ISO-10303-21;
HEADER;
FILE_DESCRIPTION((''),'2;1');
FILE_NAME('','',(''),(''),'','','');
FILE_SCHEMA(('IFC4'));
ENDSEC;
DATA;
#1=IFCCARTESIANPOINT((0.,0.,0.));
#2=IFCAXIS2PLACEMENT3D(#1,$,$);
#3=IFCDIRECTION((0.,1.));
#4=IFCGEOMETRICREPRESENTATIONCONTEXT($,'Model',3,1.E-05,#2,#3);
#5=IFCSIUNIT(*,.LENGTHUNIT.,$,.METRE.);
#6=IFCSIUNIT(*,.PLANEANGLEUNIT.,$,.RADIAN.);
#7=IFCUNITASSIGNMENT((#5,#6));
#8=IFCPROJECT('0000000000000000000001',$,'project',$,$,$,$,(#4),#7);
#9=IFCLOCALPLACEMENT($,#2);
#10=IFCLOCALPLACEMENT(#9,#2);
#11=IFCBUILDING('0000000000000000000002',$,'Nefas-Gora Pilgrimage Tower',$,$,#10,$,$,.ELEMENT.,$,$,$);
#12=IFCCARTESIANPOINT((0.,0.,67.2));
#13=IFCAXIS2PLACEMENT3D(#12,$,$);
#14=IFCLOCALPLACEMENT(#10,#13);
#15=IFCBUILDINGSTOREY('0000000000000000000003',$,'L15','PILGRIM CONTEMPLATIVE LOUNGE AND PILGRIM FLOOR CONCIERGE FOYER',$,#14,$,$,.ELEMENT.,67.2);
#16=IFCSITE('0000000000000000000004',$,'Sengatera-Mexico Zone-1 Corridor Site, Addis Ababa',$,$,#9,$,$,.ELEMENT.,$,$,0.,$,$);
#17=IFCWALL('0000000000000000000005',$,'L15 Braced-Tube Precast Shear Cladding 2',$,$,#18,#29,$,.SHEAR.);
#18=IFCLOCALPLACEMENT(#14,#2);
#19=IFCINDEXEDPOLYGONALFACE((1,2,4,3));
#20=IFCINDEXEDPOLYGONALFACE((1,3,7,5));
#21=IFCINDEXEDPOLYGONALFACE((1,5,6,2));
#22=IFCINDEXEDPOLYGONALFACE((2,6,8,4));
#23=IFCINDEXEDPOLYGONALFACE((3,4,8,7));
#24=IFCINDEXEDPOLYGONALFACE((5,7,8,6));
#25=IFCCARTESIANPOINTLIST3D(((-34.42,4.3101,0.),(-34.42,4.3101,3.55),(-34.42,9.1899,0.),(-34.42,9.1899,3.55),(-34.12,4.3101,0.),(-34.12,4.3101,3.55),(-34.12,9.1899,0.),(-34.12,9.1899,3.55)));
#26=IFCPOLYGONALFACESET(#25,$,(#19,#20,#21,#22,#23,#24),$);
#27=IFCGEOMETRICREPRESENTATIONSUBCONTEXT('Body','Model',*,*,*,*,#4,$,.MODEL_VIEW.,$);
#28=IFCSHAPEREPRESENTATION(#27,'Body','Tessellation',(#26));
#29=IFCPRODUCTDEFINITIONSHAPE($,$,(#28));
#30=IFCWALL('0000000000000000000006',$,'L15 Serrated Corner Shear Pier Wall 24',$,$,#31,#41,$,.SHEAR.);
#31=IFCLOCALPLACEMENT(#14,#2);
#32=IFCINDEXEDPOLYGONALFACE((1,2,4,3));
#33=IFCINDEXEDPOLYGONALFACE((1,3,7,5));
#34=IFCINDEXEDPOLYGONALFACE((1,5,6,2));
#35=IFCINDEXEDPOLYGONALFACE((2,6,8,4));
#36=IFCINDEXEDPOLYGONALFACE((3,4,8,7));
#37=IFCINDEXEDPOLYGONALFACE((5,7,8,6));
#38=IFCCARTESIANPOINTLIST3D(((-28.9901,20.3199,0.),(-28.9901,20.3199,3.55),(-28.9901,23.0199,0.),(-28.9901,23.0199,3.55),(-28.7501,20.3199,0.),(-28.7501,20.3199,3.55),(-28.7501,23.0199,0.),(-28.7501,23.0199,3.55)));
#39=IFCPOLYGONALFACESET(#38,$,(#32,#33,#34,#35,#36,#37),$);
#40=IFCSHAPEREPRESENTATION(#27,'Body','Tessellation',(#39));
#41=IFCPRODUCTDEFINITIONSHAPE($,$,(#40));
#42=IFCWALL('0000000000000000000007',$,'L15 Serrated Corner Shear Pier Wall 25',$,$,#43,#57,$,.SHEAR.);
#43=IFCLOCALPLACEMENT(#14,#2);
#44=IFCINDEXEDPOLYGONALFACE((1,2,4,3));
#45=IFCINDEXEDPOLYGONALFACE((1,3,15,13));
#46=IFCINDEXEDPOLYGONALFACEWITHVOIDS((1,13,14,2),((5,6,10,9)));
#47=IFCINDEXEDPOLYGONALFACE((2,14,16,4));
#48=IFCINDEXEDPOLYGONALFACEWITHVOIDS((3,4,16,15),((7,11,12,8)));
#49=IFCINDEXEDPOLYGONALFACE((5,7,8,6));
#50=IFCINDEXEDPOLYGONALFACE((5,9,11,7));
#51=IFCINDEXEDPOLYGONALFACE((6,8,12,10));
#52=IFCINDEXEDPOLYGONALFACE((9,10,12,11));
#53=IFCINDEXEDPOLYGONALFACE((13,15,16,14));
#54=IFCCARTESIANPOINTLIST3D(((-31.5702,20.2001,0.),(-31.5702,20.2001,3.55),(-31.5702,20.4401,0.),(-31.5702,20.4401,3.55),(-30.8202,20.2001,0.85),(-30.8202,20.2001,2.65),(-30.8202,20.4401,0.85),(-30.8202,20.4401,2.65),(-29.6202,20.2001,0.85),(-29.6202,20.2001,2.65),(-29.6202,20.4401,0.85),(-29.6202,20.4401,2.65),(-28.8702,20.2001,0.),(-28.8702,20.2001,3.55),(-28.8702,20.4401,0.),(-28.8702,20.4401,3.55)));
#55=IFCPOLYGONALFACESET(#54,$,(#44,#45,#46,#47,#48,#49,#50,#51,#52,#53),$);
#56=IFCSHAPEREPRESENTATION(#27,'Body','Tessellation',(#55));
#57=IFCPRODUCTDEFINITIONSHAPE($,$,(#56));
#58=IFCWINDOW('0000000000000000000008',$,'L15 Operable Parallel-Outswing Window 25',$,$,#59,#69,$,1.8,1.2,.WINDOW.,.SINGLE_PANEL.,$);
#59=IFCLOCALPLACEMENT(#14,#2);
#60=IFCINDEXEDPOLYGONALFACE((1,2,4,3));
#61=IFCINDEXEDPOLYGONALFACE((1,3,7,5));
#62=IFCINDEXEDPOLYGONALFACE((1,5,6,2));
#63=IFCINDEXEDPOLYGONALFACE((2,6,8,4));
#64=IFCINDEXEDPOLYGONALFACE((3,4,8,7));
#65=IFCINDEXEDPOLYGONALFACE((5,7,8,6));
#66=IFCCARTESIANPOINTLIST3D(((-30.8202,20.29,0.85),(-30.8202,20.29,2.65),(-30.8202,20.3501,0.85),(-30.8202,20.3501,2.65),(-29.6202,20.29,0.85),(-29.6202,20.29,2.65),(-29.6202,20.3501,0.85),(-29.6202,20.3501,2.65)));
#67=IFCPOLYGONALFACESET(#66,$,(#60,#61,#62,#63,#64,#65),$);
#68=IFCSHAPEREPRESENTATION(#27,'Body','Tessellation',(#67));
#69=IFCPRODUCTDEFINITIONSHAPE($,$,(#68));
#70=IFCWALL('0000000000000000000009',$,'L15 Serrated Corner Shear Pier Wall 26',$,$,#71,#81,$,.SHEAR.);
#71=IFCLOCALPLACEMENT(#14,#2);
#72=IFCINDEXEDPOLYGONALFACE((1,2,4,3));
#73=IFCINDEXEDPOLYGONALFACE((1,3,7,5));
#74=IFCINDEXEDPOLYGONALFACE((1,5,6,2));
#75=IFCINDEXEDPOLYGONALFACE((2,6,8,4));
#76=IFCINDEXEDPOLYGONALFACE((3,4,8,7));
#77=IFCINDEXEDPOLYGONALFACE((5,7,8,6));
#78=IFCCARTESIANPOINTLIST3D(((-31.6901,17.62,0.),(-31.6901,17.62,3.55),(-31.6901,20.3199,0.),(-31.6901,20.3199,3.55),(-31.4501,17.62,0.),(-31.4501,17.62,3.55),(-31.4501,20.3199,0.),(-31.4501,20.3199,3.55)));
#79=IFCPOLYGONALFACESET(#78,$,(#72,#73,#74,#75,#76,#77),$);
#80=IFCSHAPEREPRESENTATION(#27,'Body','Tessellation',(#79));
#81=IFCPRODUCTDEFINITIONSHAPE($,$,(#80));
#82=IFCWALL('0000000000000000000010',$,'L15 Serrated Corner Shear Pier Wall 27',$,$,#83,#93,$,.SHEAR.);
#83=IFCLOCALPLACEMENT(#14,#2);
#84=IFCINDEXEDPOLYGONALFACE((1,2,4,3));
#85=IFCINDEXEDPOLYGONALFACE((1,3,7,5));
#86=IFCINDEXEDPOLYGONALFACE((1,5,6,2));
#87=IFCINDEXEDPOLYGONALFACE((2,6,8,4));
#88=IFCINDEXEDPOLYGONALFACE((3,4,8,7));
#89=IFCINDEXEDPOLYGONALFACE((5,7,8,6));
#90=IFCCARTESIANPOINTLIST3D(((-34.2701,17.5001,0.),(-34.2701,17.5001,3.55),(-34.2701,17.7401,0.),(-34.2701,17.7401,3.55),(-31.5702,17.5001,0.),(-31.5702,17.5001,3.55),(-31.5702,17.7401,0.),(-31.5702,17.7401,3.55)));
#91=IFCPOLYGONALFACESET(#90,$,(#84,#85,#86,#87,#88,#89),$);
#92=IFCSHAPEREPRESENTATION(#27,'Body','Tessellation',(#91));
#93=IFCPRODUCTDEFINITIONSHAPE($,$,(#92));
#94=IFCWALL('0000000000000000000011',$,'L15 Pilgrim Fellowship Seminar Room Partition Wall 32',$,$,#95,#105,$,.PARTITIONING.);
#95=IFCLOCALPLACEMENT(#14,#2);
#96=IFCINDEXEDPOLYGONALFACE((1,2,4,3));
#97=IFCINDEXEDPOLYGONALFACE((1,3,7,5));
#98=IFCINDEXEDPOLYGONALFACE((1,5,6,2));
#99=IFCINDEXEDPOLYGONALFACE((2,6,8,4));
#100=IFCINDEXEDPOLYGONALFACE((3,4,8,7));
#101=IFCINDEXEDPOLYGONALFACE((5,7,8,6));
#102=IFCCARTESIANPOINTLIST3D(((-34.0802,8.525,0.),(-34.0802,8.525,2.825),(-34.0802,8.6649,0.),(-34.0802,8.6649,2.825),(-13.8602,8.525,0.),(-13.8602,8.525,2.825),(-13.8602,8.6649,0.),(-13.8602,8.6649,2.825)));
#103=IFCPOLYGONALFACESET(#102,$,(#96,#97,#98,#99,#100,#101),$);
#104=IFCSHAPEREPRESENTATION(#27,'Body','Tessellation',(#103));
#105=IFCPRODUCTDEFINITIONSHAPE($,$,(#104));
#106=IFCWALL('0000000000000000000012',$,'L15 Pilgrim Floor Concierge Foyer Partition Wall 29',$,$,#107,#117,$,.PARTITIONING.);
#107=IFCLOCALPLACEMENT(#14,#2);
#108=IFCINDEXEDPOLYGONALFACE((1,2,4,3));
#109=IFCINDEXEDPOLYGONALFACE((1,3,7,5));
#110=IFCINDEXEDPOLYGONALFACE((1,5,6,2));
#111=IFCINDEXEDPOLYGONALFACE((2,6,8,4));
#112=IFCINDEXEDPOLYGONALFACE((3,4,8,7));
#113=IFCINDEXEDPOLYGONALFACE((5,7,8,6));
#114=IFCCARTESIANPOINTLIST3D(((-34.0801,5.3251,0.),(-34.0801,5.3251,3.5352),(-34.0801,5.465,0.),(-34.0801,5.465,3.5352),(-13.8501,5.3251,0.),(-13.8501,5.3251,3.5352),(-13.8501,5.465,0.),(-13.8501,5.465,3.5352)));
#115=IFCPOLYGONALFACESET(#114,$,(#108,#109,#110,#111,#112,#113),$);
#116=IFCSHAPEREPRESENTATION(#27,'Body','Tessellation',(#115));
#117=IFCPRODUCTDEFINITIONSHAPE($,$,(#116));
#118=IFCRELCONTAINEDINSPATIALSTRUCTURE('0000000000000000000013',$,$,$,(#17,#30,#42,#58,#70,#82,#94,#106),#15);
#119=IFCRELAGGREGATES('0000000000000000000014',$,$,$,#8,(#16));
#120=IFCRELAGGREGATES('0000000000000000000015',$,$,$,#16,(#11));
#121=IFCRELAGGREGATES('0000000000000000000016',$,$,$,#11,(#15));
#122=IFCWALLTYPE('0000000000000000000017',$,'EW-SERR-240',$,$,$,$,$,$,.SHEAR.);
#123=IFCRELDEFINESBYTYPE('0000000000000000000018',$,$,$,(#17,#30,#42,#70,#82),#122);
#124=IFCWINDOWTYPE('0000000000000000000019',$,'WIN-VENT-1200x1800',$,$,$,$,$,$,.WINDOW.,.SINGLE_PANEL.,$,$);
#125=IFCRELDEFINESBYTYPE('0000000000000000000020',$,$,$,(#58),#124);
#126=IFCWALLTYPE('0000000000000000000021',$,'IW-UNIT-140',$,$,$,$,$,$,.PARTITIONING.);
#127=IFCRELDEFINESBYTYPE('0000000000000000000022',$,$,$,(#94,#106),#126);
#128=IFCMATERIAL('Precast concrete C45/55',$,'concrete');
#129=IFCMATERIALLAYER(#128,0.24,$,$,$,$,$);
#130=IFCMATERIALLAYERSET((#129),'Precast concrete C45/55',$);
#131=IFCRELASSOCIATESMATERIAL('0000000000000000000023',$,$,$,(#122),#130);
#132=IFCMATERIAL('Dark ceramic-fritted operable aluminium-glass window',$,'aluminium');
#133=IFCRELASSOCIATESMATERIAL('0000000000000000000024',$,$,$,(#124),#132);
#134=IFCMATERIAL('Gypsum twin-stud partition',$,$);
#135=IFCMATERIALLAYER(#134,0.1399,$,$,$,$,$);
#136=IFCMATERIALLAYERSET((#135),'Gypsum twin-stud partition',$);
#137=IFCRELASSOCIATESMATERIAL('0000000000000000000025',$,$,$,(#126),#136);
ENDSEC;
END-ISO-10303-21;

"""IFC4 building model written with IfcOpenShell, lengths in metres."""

from ifc_helpers import new_model, si_unit, direction, frame, frame_2d, origin, place, context, subcontext, project, spatial, rectangle, extrude, source, transform, mapped, material, layer, layer_set, type_object, element, fill, save


model = new_model("IFC4")

# Units and contexts
model_context = context("Model", 3, precision=1e-05, world=origin(), true_north=direction((0.0, 1.0)))
body_context = subcontext(model_context, "Body", "Model", "MODEL_VIEW")
ifc_project = project(units=[si_unit("LENGTHUNIT", "METRE"), si_unit("PLANEANGLEUNIT", "RADIAN")], contexts=[model_context])

# Site, building, storey
site_placement = place(None, origin())
site = spatial("IfcSite", under=ifc_project, at=site_placement, Name="Sengatera-Mexico Zone-1 Corridor Site, Addis Ababa", CompositionType="ELEMENT", RefElevation=0.0)
building_placement = place(site_placement, origin())
building = spatial("IfcBuilding", under=site, at=building_placement, Name="Nefas-Gora Pilgrimage Tower", CompositionType="ELEMENT")
storey_placement = place(building_placement, frame((0.0, 0.0, 67.2)))
storey = spatial("IfcBuildingStorey", under=building, at=storey_placement, Name="L15", Description="PILGRIM CONTEMPLATIVE LOUNGE AND PILGRIM FLOOR CONCIERGE FOYER", CompositionType="ELEMENT", Elevation=67.2)

# Walls
ifc_material_1 = material(Name="Precast concrete C45/55", Category="concrete")
ifc_layer_1 = layer(ifc_material_1, 0.24)
ifc_layer_set_1 = layer_set([ifc_layer_1], Name="Precast concrete C45/55")
wall_type_1 = type_object("IfcWallType", Name="EW-SERR-240", PredefinedType="SHEAR", material=ifc_layer_set_1)
shared_shape_1 = source(origin(), body_context, "Body", "SweptSolid", [
    extrude(rectangle(XDim=4.8799, YDim=0.3, at=frame_2d((2.4399, 0.0))), origin(), (0.0, 0.0, 1.0), 3.55),
])
wall_1_placement = place(storey_placement, frame((-34.27, 4.3101, 0.0), z_axis=(0.0, 0.0, 1.0), x_axis=(0.0, 1.0, 0.0)))
element("IfcWall", 1, at=wall_1_placement, inside=storey, type_object=wall_type_1, Name="L15 Braced-Tube Precast Shear Cladding 2", PredefinedType="SHEAR", context=body_context, shape_type="MappedRepresentation", body=[
    mapped(shared_shape_1, transform((0.0, 0.0, 0.0), x_axis=(1.0, 0.0, 0.0), y_axis=(0.0, 1.0, 0.0), z_axis=(0.0, 0.0, 1.0), scale=1.0)),
])
shared_shape_2 = source(origin(), body_context, "Body", "SweptSolid", [
    extrude(rectangle(XDim=2.7, YDim=0.24, at=frame_2d((1.3501, 0.0))), origin(), (0.0, 0.0, 1.0), 3.55),
])
wall_2_placement = place(storey_placement, frame((-28.8701, 23.02, 0.0), z_axis=(0.0, 0.0, 1.0), x_axis=(0.0, -1.0, 0.0)))
element("IfcWall", 2, at=wall_2_placement, inside=storey, type_object=wall_type_1, Name="L15 Serrated Corner Shear Pier Wall 24", PredefinedType="SHEAR", context=body_context, shape_type="MappedRepresentation", body=[
    mapped(shared_shape_2, transform((0.0, 0.0, 0.0), x_axis=(1.0, 0.0, 0.0), y_axis=(0.0, 1.0, 0.0), z_axis=(0.0, 0.0, 1.0), scale=1.0)),
])

# Wall, opening, window
wall_3_placement = place(storey_placement, frame((-28.8701, 20.3201, 0.0), z_axis=(0.0, 0.0, 1.0), x_axis=(-1.0, 0.0, 0.0)))
wall_3 = element("IfcWall", 3, at=wall_3_placement, inside=storey, type_object=wall_type_1, Name="L15 Serrated Corner Shear Pier Wall 25", PredefinedType="SHEAR", context=body_context, shape_type="MappedRepresentation", body=[
    mapped(shared_shape_2, transform((0.0, 0.0, 0.0), x_axis=(1.0, 0.0, 0.0), y_axis=(0.0, 1.0, 0.0), z_axis=(0.0, 0.0, 1.0), scale=1.0)),
])
opening_placement = place(wall_3_placement, frame((0.75, 0.0, 0.8501)))
opening = element("IfcOpeningElement", 4, at=opening_placement, cuts=wall_3, PredefinedType="OPENING", context=body_context, shape_type="SweptSolid", body=[
    extrude(rectangle(XDim=1.2, YDim=1.8, at=frame_2d((0.6001, 0.8999))), frame((0.0, 0.1299, 0.0), z_axis=(0.0, -1.0, 0.0), x_axis=(1.0, 0.0, 0.0)), (0.0, 0.0, 1.0), 0.26),
])
ifc_material_2 = material(Name="Dark ceramic-fritted operable aluminium-glass window", Category="aluminium")
window_type = type_object("IfcWindowType", Name="WIN-VENT-1200x1800", PartitioningType="SINGLE_PANEL", PredefinedType="WINDOW", material=ifc_material_2)
shared_shape_3 = source(origin(), body_context, "Body", "SweptSolid", [
    extrude(rectangle(XDim=1.2, YDim=1.8, at=frame_2d((0.6001, 0.8999))), frame((0.0, 0.03, 0.0), z_axis=(0.0, -1.0, 0.0), x_axis=(1.0, 0.0, 0.0)), (0.0, 0.0, 1.0), 0.0601),
])
window_placement = place(opening_placement, origin())
window = element("IfcWindow", 5, at=window_placement, inside=storey, type_object=window_type, Name="L15 Operable Parallel-Outswing Window 25", OverallHeight=1.8, OverallWidth=1.2, PartitioningType="SINGLE_PANEL", PredefinedType="WINDOW", context=body_context, shape_type="MappedRepresentation", body=[
    mapped(shared_shape_3, transform((0.0, 0.0, 0.0), x_axis=(1.0, 0.0, 0.0), y_axis=(0.0, 1.0, 0.0), z_axis=(0.0, 0.0, 1.0), scale=1.0)),
])
fill(opening, window)

# Walls
for number, where, z_axis, x_axis, name in (
    (6, (-31.5701, 20.3201, 0.0), (0.0, 0.0, 1.0), (0.0, -1.0, 0.0), "L15 Serrated Corner Shear Pier Wall 26"),
    (7, (-31.5701, 17.6201, 0.0), (0.0, 0.0, 1.0), (-1.0, 0.0, 0.0), "L15 Serrated Corner Shear Pier Wall 27"),
):
    element("IfcWall", number, at=place(storey_placement, frame(where, z_axis=z_axis, x_axis=x_axis)), inside=storey, type_object=wall_type_1, Name=name, PredefinedType="SHEAR", context=body_context, shape_type="MappedRepresentation", body=[
        mapped(shared_shape_2, transform((0.0, 0.0, 0.0), x_axis=(1.0, 0.0, 0.0), y_axis=(0.0, 1.0, 0.0), z_axis=(0.0, 0.0, 1.0), scale=1.0)),
    ])
ifc_material_3 = material(Name="Gypsum twin-stud partition")
ifc_layer_2 = layer(ifc_material_3, 0.1399)
ifc_layer_set_2 = layer_set([ifc_layer_2], Name="Gypsum twin-stud partition")
wall_type_2 = type_object("IfcWallType", Name="IW-UNIT-140", PredefinedType="PARTITIONING", material=ifc_layer_set_2)
shared_shape_4 = source(origin(), body_context, "Body", "SweptSolid", [
    extrude(rectangle(XDim=20.22, YDim=0.1399, at=frame_2d((10.1099, 0.0))), origin(), (0.0, 0.0, 1.0), 2.825),
])
wall_4_placement = place(storey_placement, frame((-34.0801, 8.595, 0.0), z_axis=(0.0, 0.0, 1.0), x_axis=(1.0, 0.0, 0.0)))
element("IfcWall", 8, at=wall_4_placement, inside=storey, type_object=wall_type_2, Name="L15 Pilgrim Fellowship Seminar Room Partition Wall 32", PredefinedType="PARTITIONING", context=body_context, shape_type="MappedRepresentation", body=[
    mapped(shared_shape_4, transform((0.0, 0.0, 0.0), x_axis=(1.0, 0.0, 0.0), y_axis=(0.0, 1.0, 0.0), z_axis=(0.0, 0.0, 1.0), scale=1.0)),
])
shared_shape_5 = source(origin(), body_context, "Body", "SweptSolid", [
    extrude(rectangle(XDim=20.23, YDim=0.1399, at=frame_2d((10.115, 0.0))), origin(), (0.0, 0.0, 1.0), 3.5352),
])
wall_5_placement = place(storey_placement, frame((-34.0801, 5.395, 0.0), z_axis=(0.0, 0.0, 1.0), x_axis=(1.0, 0.0, 0.0)))
element("IfcWall", 9, at=wall_5_placement, inside=storey, type_object=wall_type_2, Name="L15 Pilgrim Floor Concierge Foyer Partition Wall 29", PredefinedType="PARTITIONING", context=body_context, shape_type="MappedRepresentation", body=[
    mapped(shared_shape_5, transform((0.0, 0.0, 0.0), x_axis=(1.0, 0.0, 0.0), y_axis=(0.0, 1.0, 0.0), z_axis=(0.0, 0.0, 1.0), scale=1.0)),
])

save(model, "model.ifc")
